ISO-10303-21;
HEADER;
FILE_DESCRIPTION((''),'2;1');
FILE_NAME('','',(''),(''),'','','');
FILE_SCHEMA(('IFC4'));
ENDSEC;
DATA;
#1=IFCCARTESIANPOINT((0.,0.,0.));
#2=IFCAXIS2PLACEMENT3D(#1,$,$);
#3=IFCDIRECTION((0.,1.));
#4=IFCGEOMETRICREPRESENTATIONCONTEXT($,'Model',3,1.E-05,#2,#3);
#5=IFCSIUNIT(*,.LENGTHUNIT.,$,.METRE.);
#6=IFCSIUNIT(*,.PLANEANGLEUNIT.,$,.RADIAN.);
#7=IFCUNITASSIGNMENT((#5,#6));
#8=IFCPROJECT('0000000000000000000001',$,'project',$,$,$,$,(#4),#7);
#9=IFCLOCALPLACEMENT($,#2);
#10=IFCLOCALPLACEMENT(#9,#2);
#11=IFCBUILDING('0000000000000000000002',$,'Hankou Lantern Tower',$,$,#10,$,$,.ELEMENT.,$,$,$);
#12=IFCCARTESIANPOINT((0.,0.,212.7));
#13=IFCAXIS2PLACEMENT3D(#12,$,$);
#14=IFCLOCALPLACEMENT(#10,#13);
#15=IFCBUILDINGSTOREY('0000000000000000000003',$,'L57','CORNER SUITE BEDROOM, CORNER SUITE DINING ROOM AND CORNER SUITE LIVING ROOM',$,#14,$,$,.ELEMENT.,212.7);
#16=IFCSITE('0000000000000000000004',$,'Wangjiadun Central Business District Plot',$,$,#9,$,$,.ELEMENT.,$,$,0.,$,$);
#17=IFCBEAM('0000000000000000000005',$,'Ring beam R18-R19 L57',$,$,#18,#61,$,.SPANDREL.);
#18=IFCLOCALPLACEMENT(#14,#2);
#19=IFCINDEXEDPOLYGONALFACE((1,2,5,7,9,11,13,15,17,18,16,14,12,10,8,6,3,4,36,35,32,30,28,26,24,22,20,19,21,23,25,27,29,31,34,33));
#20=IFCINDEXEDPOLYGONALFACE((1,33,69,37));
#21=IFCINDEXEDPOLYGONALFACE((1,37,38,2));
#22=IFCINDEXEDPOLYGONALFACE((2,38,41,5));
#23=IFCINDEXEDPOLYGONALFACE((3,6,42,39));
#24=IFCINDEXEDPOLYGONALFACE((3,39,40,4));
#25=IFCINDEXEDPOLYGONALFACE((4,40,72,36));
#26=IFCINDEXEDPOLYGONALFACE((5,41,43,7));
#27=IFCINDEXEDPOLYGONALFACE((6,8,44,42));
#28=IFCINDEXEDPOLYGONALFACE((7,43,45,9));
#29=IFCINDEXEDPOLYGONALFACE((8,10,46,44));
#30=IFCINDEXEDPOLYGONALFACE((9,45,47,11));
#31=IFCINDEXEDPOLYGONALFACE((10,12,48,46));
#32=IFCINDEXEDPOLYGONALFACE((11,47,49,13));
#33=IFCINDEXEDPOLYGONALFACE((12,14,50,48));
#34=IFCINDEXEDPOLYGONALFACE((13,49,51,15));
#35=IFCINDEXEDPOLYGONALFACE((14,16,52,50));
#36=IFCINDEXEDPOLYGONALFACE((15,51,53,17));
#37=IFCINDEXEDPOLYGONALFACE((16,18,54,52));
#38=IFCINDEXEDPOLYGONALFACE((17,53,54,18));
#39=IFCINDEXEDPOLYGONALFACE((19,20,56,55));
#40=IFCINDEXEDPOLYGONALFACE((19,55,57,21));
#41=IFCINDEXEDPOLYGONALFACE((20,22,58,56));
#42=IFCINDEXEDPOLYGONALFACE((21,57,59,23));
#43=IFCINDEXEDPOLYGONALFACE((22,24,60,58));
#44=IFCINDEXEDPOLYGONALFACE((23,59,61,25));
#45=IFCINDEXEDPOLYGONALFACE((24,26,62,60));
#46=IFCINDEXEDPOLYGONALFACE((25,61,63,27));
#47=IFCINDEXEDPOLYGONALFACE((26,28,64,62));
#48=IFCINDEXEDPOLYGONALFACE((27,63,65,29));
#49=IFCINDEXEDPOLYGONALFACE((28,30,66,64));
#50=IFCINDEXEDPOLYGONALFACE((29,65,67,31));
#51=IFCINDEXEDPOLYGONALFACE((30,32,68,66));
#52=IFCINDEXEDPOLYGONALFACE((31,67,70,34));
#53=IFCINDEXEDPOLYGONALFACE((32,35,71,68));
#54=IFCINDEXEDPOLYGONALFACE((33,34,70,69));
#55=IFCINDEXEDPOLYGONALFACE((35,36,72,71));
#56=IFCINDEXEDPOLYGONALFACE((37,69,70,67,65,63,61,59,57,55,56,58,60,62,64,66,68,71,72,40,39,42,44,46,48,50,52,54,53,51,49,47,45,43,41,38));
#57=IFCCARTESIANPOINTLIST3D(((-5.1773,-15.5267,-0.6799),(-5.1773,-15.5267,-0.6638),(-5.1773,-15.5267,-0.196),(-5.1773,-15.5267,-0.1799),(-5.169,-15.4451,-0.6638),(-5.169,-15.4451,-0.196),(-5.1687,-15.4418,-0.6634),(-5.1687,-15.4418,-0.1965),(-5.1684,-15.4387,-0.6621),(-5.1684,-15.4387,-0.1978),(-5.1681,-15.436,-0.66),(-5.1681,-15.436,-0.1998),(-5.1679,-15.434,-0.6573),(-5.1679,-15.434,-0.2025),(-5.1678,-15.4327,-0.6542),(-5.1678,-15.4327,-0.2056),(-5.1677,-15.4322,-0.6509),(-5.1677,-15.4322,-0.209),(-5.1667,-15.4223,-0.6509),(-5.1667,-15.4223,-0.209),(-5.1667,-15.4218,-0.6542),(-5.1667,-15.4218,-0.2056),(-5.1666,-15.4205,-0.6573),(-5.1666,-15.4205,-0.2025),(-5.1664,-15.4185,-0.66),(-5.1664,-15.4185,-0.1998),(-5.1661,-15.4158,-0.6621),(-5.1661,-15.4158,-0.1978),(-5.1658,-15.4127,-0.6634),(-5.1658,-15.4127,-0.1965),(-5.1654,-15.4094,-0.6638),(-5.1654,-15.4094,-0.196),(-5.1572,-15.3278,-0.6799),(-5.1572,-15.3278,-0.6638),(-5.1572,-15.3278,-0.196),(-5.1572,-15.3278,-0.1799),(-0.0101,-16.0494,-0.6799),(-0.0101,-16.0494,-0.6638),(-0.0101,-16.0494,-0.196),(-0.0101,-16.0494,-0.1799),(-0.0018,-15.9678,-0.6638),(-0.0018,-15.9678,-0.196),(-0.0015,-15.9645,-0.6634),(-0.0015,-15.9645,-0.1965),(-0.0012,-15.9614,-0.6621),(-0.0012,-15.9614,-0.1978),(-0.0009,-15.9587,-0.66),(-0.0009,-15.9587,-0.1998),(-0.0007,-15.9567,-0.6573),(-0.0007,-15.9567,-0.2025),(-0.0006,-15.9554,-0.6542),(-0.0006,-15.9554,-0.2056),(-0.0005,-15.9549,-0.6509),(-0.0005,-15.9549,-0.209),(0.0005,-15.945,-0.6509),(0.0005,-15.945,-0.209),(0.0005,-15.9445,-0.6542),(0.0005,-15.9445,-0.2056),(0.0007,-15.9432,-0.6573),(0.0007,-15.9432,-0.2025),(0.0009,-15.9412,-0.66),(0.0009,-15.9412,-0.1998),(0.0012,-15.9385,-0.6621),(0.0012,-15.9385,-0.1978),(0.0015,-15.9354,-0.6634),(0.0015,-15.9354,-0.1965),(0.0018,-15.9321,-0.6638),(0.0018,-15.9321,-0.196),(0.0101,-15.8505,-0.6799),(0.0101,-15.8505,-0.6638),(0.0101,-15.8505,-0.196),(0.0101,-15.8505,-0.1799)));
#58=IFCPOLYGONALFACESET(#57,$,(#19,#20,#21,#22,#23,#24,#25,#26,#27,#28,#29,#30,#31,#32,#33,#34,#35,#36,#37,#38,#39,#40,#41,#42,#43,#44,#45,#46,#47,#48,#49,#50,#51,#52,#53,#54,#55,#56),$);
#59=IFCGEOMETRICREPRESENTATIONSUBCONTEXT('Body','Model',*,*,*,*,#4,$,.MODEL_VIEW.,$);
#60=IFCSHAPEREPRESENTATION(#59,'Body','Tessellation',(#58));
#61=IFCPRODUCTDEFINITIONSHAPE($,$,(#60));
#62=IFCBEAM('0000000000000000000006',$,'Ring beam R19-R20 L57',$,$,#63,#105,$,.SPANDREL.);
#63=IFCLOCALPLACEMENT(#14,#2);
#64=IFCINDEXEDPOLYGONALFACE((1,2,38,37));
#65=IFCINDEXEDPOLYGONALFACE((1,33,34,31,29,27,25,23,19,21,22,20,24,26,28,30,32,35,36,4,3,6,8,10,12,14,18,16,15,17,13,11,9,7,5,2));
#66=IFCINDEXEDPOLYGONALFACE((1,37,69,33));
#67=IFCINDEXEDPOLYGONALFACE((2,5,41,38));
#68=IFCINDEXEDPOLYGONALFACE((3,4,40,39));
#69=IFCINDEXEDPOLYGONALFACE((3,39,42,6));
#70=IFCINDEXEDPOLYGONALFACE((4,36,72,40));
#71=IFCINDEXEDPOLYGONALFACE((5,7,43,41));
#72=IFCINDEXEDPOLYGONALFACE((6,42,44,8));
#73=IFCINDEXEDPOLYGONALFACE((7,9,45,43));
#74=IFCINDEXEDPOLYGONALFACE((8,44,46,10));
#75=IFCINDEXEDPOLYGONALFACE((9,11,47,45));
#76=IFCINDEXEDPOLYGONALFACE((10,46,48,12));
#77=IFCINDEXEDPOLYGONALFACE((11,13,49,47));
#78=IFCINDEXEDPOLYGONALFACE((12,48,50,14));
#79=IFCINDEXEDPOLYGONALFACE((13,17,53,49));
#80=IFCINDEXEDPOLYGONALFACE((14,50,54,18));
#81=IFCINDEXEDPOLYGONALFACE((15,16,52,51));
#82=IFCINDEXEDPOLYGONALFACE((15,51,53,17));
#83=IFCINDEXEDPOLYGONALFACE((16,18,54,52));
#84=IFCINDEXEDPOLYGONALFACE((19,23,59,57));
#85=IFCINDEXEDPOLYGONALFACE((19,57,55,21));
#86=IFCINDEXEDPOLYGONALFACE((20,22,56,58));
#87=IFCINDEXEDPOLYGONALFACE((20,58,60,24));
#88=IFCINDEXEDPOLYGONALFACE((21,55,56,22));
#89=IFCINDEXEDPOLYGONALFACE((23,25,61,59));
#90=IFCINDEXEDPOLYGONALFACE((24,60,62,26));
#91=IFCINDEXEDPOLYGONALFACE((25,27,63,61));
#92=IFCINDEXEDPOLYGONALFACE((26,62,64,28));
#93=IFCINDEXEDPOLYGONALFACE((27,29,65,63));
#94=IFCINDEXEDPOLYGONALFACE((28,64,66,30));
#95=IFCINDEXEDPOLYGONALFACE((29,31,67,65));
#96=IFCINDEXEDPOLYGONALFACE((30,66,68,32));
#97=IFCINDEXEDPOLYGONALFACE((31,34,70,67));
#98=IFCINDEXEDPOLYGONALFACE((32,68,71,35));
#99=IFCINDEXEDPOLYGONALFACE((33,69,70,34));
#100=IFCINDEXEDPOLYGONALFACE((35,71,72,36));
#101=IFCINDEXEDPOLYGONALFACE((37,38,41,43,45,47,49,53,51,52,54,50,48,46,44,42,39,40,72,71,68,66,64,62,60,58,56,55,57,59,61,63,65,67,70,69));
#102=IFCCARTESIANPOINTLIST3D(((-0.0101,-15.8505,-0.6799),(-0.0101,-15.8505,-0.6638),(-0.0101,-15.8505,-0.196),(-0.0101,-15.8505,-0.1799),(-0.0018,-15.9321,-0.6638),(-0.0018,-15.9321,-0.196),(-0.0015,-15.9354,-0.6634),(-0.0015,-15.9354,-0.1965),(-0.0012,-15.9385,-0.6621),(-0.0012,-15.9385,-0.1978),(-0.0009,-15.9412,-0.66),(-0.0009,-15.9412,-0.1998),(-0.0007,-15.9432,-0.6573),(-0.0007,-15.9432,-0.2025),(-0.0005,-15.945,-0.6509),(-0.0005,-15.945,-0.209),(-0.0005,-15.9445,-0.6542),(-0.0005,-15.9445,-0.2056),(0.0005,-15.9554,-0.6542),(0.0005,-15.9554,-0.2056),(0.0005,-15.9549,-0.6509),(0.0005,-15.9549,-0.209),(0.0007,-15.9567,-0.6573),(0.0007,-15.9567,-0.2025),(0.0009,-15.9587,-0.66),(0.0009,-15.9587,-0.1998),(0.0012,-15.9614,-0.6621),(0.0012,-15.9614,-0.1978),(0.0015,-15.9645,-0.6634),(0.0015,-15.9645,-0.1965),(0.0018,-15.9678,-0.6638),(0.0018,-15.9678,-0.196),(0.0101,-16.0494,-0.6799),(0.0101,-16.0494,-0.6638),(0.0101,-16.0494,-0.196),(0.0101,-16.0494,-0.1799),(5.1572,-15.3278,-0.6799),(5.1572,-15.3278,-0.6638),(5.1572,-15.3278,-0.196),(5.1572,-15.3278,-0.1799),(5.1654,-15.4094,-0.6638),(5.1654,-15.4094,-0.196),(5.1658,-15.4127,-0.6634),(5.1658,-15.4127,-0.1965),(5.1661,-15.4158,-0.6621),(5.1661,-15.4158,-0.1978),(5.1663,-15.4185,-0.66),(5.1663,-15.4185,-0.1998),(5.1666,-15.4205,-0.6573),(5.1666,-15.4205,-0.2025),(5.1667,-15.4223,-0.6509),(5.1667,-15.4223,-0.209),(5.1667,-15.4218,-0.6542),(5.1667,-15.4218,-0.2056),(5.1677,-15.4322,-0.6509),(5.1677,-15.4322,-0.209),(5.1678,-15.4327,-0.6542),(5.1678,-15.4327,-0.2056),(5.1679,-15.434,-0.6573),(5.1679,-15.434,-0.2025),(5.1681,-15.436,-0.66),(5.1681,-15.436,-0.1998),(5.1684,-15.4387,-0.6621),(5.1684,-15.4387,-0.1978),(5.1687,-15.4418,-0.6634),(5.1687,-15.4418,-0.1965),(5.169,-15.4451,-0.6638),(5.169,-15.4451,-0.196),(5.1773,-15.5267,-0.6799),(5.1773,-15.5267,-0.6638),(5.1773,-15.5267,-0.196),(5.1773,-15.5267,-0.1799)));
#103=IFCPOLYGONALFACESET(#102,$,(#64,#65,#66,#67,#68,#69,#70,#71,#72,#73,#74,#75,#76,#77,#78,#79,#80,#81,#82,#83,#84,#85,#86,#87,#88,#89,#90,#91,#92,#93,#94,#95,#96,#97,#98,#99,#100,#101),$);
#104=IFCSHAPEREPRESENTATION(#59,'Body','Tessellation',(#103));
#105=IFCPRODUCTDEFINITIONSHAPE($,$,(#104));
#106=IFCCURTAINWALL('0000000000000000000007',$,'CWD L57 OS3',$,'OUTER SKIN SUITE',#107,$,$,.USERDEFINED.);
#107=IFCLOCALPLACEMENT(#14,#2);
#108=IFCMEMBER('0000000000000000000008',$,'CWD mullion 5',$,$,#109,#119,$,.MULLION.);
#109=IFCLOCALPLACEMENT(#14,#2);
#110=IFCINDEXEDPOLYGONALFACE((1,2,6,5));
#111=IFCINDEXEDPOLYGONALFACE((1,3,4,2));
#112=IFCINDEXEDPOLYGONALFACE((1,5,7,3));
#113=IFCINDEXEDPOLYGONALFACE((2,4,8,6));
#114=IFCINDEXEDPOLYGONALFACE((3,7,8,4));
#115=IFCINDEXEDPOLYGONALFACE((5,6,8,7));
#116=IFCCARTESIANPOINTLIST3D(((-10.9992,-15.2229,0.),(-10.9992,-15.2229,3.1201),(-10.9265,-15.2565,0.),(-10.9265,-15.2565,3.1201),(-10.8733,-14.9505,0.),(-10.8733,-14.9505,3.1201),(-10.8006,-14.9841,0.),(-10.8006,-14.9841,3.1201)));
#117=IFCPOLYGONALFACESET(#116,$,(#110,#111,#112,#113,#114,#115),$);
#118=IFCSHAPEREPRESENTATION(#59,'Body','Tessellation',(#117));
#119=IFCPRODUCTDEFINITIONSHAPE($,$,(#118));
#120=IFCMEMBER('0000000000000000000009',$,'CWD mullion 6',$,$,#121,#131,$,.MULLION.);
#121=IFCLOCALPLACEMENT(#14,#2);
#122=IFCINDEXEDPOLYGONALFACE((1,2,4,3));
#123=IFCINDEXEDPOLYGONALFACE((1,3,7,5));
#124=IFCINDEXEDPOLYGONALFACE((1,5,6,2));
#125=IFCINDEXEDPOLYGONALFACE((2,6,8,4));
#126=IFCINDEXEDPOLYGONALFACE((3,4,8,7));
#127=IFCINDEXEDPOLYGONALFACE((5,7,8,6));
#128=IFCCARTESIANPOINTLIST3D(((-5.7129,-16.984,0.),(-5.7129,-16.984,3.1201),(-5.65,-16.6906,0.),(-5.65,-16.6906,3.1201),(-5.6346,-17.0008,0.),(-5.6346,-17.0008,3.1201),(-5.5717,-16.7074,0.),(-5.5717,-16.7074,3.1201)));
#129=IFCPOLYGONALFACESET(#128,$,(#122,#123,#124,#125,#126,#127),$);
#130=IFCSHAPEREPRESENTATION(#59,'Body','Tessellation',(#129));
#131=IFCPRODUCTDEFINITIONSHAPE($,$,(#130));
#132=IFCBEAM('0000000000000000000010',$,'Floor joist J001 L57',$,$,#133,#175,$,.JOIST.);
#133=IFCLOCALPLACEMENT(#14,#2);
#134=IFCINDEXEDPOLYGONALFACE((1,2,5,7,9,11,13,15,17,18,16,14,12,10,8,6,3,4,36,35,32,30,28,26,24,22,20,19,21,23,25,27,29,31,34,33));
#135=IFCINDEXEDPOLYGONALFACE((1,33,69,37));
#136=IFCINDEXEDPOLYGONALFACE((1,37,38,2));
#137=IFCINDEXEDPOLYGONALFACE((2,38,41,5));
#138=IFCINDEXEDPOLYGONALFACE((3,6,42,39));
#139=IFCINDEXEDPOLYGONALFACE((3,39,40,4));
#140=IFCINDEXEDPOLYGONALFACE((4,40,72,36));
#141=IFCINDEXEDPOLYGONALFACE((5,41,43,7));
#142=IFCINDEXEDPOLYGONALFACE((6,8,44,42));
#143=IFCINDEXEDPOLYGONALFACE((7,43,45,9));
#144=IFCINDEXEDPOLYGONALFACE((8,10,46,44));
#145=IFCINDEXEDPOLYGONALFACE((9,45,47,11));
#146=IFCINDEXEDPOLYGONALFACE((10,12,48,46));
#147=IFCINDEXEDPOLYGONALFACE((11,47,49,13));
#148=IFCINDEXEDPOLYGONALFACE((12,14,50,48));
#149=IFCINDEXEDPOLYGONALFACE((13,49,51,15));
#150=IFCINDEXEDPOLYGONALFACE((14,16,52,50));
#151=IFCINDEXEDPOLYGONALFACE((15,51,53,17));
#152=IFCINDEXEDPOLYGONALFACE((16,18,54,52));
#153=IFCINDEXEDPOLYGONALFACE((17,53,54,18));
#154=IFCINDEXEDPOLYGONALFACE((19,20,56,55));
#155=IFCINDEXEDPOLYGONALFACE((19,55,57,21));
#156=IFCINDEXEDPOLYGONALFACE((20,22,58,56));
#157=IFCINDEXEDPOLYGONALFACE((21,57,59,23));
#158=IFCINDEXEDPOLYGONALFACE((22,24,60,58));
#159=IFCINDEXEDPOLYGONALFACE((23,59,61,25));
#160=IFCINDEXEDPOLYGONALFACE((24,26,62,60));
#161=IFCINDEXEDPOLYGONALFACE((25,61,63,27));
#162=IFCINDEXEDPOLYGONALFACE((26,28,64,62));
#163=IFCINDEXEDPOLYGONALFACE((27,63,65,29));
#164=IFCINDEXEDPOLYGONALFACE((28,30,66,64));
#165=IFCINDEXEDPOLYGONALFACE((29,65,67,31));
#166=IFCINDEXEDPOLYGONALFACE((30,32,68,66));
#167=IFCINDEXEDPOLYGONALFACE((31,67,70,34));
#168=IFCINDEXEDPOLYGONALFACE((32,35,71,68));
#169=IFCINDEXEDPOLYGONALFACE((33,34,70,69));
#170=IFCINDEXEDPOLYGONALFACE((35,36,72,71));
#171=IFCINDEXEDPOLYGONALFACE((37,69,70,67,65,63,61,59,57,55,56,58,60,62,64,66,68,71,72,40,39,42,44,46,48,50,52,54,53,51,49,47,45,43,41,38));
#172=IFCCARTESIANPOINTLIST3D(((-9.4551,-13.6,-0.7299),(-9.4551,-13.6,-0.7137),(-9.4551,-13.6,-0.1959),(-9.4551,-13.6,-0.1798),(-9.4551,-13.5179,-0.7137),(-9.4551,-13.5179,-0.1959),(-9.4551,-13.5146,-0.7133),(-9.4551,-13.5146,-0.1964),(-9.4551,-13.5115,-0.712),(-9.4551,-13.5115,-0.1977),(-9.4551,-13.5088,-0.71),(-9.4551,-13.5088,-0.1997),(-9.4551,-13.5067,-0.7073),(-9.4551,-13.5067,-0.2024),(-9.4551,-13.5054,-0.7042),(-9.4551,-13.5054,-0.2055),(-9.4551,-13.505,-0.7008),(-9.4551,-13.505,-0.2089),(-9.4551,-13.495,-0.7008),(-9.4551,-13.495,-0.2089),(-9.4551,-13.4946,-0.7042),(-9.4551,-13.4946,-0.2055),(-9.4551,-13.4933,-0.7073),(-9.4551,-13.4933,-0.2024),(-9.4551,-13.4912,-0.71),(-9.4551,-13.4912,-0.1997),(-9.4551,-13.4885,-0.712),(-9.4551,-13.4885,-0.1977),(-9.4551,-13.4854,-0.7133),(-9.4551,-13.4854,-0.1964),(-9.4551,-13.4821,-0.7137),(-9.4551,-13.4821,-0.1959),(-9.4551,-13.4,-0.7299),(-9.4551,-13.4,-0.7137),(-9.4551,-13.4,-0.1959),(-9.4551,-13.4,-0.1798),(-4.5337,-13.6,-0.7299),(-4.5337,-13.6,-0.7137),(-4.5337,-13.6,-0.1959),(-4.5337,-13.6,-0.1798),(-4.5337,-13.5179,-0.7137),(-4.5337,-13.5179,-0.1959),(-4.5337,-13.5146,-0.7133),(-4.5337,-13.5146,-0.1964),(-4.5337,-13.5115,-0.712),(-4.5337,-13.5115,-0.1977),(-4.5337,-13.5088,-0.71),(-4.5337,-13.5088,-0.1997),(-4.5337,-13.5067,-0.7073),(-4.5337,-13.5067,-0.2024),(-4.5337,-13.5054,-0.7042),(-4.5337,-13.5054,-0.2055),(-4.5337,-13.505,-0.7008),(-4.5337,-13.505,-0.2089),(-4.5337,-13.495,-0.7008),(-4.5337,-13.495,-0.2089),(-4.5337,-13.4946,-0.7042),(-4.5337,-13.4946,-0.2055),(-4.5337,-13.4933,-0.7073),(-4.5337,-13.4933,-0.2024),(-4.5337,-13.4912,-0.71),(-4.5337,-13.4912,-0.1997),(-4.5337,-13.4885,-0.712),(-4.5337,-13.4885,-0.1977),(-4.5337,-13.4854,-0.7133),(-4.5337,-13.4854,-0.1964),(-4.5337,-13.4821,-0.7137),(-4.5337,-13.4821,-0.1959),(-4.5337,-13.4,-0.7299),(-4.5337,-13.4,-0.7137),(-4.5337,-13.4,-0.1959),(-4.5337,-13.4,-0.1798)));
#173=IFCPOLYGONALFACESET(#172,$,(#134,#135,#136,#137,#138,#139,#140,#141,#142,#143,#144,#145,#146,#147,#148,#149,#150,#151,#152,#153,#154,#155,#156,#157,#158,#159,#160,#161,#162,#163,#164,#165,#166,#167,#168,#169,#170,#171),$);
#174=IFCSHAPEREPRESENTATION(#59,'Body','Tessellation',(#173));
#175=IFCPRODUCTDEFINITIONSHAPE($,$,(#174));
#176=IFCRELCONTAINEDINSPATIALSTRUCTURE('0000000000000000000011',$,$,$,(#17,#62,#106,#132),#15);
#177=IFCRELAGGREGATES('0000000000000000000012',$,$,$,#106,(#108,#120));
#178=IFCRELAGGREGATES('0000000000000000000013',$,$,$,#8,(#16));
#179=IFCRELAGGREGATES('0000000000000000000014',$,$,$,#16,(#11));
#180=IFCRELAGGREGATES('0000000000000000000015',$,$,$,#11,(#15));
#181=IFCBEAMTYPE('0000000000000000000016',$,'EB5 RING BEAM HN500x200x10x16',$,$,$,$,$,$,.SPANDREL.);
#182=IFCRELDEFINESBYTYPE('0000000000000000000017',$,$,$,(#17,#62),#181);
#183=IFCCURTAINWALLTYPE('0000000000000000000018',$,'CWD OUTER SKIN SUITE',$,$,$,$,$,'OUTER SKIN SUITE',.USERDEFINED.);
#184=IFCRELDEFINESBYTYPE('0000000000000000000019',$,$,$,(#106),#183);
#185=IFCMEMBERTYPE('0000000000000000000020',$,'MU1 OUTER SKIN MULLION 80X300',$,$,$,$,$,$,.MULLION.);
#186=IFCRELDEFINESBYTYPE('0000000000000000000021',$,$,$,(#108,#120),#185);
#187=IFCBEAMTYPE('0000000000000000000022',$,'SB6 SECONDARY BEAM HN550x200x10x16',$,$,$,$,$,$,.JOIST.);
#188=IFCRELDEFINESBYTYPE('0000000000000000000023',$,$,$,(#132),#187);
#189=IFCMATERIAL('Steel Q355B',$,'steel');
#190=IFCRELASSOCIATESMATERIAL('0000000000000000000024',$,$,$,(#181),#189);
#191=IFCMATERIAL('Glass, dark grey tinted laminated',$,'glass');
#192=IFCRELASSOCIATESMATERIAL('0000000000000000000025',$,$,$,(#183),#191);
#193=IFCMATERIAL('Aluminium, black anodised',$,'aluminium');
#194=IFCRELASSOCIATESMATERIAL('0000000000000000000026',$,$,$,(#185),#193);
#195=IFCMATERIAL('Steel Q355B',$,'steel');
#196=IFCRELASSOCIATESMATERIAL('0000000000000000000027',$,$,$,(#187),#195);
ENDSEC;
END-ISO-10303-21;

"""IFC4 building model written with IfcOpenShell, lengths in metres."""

from ifc_helpers import new_model, si_unit, direction, frame, origin, origin_2d, place, context, subcontext, project, spatial, rectangle, i_section, extrude, material, material_profile, profile_set, type_object, element, aggregate, save


model = new_model("IFC4")

# Units and contexts
model_context = context("Model", 3, precision=1e-05, world=origin(), true_north=direction((0.0, 1.0)))
body_context = subcontext(model_context, "Body", "Model", "MODEL_VIEW")
ifc_project = project(units=[si_unit("LENGTHUNIT", "METRE"), si_unit("PLANEANGLEUNIT", "RADIAN")], contexts=[model_context])

# Site, building, storey
site_placement = place(None, origin())
site = spatial("IfcSite", under=ifc_project, at=site_placement, Name="Wangjiadun Central Business District Plot", CompositionType="ELEMENT", RefElevation=0.0)
building_placement = place(site_placement, origin())
building = spatial("IfcBuilding", under=site, at=building_placement, Name="Hankou Lantern Tower", CompositionType="ELEMENT")
storey_placement = place(building_placement, frame((0.0, 0.0, 212.7)))
storey = spatial("IfcBuildingStorey", under=building, at=storey_placement, Name="L57", Description="CORNER SUITE BEDROOM, CORNER SUITE DINING ROOM AND CORNER SUITE LIVING ROOM", CompositionType="ELEMENT", Elevation=212.7)

# Beams
ifc_material_1 = material(Name="Steel Q355B", Category="steel")
ifc_material_profile_1 = material_profile(ifc_material_1, i_section(OverallWidth=0.2, OverallDepth=0.5, WebThickness=0.01, FlangeThickness=0.0161, FilletRadius=0.0129, at=origin_2d()), Name="HN500x200x10x16")
ifc_profile_set_1 = profile_set([ifc_material_profile_1], Name="Steel Q355B")
beam_type_1 = type_object("IfcBeamType", Name="EB5 RING BEAM HN500x200x10x16", PredefinedType="SPANDREL", material=ifc_profile_set_1)
for number, where, z_axis, x_axis, name in (
    (1, (-5.1672, -15.4272, -0.4299), (0.994923, -0.100644, 0.0), (0.100644, 0.994923, 0.0), "Ring beam R18-R19 L57"),
    (2, (0.0, -15.95, -0.4299), (0.994923, 0.100644, 0.0), (-0.100644, 0.994923, 0.0), "Ring beam R19-R20 L57"),
):
    element("IfcBeam", number, at=place(storey_placement, frame(where, z_axis=z_axis, x_axis=x_axis)), inside=storey, type_object=beam_type_1, Name=name, PredefinedType="SPANDREL", context=body_context, shape_type="SweptSolid", body=[
        extrude(i_section(OverallWidth=0.2, OverallDepth=0.5, WebThickness=0.01, FlangeThickness=0.0161, FilletRadius=0.0129, at=origin_2d()), origin(), (0.0, 0.0, 1.0), 5.1936),
    ])

# Curtain wall, members
ifc_material_2 = material(Name="Glass, dark grey tinted laminated", Category="glass")
curtain_wall_type = type_object("IfcCurtainWallType", Name="CWD OUTER SKIN SUITE", ElementType="OUTER SKIN SUITE", PredefinedType="USERDEFINED", material=ifc_material_2)
curtain_wall_placement = place(storey_placement, origin())
curtain_wall = element("IfcCurtainWall", 3, at=curtain_wall_placement, inside=storey, type_object=curtain_wall_type, Name="CWD L57 OS3", ObjectType="OUTER SKIN SUITE", PredefinedType="USERDEFINED")
ifc_material_3 = material(Name="Aluminium, black anodised", Category="aluminium")
ifc_material_profile_2 = material_profile(ifc_material_3, rectangle(XDim=0.0801, YDim=0.3, at=origin_2d()), Name="MU1 80X300")
ifc_profile_set_2 = profile_set([ifc_material_profile_2], Name="Aluminium, black anodised")
member_type_1 = type_object("IfcMemberType", Name="MU1 OUTER SKIN MULLION 80X300", PredefinedType="MULLION", material=ifc_profile_set_2)
member_1_placement = place(storey_placement, frame((-10.8999, -15.1035, 0.0), z_axis=(0.0, 0.0, 1.0), x_axis=(0.907841, -0.419314, 0.0)))
member_1 = element("IfcMember", 4, at=member_1_placement, type_object=member_type_1, Name="CWD mullion 5", PredefinedType="MULLION", context=body_context, shape_type="SweptSolid", body=[
    extrude(rectangle(XDim=0.0801, YDim=0.3, at=origin_2d()), origin(), (0.0, 0.0, 1.0), 3.1201),
])
member_2_placement = place(storey_placement, frame((-5.6423, -16.8457, 0.0), z_axis=(0.0, 0.0, 1.0), x_axis=(0.977788, -0.209598, 0.0)))
member_2 = element("IfcMember", 5, at=member_2_placement, type_object=member_type_1, Name="CWD mullion 6", PredefinedType="MULLION", context=body_context, shape_type="SweptSolid", body=[
    extrude(rectangle(XDim=0.0801, YDim=0.3, at=origin_2d()), origin(), (0.0, 0.0, 1.0), 3.1201),
])

# Beam
ifc_material_4 = material(Name="Steel Q355B", Category="steel")
ifc_material_profile_3 = material_profile(ifc_material_4, i_section(OverallWidth=0.2, OverallDepth=0.55, WebThickness=0.01, FlangeThickness=0.0161, FilletRadius=0.0129, at=origin_2d()), Name="HN550x200x10x16")
ifc_profile_set_3 = profile_set([ifc_material_profile_3], Name="Steel Q355B")
beam_type_2 = type_object("IfcBeamType", Name="SB6 SECONDARY BEAM HN550x200x10x16", PredefinedType="JOIST", material=ifc_profile_set_3)
beam_1_placement = place(storey_placement, frame((-9.4551, -13.5, -0.4548), z_axis=(1.0, 0.0, 0.0), x_axis=(0.0, 1.0, 0.0)))
element("IfcBeam", 6, at=beam_1_placement, inside=storey, type_object=beam_type_2, Name="Floor joist J001 L57", PredefinedType="JOIST", context=body_context, shape_type="SweptSolid", body=[
    extrude(i_section(OverallWidth=0.2, OverallDepth=0.55, WebThickness=0.01, FlangeThickness=0.0161, FilletRadius=0.0129, at=origin_2d()), origin(), (0.0, 0.0, 1.0), 4.9214),
])

aggregate(curtain_wall, [member_1, member_2])

save(model, "model.ifc")
